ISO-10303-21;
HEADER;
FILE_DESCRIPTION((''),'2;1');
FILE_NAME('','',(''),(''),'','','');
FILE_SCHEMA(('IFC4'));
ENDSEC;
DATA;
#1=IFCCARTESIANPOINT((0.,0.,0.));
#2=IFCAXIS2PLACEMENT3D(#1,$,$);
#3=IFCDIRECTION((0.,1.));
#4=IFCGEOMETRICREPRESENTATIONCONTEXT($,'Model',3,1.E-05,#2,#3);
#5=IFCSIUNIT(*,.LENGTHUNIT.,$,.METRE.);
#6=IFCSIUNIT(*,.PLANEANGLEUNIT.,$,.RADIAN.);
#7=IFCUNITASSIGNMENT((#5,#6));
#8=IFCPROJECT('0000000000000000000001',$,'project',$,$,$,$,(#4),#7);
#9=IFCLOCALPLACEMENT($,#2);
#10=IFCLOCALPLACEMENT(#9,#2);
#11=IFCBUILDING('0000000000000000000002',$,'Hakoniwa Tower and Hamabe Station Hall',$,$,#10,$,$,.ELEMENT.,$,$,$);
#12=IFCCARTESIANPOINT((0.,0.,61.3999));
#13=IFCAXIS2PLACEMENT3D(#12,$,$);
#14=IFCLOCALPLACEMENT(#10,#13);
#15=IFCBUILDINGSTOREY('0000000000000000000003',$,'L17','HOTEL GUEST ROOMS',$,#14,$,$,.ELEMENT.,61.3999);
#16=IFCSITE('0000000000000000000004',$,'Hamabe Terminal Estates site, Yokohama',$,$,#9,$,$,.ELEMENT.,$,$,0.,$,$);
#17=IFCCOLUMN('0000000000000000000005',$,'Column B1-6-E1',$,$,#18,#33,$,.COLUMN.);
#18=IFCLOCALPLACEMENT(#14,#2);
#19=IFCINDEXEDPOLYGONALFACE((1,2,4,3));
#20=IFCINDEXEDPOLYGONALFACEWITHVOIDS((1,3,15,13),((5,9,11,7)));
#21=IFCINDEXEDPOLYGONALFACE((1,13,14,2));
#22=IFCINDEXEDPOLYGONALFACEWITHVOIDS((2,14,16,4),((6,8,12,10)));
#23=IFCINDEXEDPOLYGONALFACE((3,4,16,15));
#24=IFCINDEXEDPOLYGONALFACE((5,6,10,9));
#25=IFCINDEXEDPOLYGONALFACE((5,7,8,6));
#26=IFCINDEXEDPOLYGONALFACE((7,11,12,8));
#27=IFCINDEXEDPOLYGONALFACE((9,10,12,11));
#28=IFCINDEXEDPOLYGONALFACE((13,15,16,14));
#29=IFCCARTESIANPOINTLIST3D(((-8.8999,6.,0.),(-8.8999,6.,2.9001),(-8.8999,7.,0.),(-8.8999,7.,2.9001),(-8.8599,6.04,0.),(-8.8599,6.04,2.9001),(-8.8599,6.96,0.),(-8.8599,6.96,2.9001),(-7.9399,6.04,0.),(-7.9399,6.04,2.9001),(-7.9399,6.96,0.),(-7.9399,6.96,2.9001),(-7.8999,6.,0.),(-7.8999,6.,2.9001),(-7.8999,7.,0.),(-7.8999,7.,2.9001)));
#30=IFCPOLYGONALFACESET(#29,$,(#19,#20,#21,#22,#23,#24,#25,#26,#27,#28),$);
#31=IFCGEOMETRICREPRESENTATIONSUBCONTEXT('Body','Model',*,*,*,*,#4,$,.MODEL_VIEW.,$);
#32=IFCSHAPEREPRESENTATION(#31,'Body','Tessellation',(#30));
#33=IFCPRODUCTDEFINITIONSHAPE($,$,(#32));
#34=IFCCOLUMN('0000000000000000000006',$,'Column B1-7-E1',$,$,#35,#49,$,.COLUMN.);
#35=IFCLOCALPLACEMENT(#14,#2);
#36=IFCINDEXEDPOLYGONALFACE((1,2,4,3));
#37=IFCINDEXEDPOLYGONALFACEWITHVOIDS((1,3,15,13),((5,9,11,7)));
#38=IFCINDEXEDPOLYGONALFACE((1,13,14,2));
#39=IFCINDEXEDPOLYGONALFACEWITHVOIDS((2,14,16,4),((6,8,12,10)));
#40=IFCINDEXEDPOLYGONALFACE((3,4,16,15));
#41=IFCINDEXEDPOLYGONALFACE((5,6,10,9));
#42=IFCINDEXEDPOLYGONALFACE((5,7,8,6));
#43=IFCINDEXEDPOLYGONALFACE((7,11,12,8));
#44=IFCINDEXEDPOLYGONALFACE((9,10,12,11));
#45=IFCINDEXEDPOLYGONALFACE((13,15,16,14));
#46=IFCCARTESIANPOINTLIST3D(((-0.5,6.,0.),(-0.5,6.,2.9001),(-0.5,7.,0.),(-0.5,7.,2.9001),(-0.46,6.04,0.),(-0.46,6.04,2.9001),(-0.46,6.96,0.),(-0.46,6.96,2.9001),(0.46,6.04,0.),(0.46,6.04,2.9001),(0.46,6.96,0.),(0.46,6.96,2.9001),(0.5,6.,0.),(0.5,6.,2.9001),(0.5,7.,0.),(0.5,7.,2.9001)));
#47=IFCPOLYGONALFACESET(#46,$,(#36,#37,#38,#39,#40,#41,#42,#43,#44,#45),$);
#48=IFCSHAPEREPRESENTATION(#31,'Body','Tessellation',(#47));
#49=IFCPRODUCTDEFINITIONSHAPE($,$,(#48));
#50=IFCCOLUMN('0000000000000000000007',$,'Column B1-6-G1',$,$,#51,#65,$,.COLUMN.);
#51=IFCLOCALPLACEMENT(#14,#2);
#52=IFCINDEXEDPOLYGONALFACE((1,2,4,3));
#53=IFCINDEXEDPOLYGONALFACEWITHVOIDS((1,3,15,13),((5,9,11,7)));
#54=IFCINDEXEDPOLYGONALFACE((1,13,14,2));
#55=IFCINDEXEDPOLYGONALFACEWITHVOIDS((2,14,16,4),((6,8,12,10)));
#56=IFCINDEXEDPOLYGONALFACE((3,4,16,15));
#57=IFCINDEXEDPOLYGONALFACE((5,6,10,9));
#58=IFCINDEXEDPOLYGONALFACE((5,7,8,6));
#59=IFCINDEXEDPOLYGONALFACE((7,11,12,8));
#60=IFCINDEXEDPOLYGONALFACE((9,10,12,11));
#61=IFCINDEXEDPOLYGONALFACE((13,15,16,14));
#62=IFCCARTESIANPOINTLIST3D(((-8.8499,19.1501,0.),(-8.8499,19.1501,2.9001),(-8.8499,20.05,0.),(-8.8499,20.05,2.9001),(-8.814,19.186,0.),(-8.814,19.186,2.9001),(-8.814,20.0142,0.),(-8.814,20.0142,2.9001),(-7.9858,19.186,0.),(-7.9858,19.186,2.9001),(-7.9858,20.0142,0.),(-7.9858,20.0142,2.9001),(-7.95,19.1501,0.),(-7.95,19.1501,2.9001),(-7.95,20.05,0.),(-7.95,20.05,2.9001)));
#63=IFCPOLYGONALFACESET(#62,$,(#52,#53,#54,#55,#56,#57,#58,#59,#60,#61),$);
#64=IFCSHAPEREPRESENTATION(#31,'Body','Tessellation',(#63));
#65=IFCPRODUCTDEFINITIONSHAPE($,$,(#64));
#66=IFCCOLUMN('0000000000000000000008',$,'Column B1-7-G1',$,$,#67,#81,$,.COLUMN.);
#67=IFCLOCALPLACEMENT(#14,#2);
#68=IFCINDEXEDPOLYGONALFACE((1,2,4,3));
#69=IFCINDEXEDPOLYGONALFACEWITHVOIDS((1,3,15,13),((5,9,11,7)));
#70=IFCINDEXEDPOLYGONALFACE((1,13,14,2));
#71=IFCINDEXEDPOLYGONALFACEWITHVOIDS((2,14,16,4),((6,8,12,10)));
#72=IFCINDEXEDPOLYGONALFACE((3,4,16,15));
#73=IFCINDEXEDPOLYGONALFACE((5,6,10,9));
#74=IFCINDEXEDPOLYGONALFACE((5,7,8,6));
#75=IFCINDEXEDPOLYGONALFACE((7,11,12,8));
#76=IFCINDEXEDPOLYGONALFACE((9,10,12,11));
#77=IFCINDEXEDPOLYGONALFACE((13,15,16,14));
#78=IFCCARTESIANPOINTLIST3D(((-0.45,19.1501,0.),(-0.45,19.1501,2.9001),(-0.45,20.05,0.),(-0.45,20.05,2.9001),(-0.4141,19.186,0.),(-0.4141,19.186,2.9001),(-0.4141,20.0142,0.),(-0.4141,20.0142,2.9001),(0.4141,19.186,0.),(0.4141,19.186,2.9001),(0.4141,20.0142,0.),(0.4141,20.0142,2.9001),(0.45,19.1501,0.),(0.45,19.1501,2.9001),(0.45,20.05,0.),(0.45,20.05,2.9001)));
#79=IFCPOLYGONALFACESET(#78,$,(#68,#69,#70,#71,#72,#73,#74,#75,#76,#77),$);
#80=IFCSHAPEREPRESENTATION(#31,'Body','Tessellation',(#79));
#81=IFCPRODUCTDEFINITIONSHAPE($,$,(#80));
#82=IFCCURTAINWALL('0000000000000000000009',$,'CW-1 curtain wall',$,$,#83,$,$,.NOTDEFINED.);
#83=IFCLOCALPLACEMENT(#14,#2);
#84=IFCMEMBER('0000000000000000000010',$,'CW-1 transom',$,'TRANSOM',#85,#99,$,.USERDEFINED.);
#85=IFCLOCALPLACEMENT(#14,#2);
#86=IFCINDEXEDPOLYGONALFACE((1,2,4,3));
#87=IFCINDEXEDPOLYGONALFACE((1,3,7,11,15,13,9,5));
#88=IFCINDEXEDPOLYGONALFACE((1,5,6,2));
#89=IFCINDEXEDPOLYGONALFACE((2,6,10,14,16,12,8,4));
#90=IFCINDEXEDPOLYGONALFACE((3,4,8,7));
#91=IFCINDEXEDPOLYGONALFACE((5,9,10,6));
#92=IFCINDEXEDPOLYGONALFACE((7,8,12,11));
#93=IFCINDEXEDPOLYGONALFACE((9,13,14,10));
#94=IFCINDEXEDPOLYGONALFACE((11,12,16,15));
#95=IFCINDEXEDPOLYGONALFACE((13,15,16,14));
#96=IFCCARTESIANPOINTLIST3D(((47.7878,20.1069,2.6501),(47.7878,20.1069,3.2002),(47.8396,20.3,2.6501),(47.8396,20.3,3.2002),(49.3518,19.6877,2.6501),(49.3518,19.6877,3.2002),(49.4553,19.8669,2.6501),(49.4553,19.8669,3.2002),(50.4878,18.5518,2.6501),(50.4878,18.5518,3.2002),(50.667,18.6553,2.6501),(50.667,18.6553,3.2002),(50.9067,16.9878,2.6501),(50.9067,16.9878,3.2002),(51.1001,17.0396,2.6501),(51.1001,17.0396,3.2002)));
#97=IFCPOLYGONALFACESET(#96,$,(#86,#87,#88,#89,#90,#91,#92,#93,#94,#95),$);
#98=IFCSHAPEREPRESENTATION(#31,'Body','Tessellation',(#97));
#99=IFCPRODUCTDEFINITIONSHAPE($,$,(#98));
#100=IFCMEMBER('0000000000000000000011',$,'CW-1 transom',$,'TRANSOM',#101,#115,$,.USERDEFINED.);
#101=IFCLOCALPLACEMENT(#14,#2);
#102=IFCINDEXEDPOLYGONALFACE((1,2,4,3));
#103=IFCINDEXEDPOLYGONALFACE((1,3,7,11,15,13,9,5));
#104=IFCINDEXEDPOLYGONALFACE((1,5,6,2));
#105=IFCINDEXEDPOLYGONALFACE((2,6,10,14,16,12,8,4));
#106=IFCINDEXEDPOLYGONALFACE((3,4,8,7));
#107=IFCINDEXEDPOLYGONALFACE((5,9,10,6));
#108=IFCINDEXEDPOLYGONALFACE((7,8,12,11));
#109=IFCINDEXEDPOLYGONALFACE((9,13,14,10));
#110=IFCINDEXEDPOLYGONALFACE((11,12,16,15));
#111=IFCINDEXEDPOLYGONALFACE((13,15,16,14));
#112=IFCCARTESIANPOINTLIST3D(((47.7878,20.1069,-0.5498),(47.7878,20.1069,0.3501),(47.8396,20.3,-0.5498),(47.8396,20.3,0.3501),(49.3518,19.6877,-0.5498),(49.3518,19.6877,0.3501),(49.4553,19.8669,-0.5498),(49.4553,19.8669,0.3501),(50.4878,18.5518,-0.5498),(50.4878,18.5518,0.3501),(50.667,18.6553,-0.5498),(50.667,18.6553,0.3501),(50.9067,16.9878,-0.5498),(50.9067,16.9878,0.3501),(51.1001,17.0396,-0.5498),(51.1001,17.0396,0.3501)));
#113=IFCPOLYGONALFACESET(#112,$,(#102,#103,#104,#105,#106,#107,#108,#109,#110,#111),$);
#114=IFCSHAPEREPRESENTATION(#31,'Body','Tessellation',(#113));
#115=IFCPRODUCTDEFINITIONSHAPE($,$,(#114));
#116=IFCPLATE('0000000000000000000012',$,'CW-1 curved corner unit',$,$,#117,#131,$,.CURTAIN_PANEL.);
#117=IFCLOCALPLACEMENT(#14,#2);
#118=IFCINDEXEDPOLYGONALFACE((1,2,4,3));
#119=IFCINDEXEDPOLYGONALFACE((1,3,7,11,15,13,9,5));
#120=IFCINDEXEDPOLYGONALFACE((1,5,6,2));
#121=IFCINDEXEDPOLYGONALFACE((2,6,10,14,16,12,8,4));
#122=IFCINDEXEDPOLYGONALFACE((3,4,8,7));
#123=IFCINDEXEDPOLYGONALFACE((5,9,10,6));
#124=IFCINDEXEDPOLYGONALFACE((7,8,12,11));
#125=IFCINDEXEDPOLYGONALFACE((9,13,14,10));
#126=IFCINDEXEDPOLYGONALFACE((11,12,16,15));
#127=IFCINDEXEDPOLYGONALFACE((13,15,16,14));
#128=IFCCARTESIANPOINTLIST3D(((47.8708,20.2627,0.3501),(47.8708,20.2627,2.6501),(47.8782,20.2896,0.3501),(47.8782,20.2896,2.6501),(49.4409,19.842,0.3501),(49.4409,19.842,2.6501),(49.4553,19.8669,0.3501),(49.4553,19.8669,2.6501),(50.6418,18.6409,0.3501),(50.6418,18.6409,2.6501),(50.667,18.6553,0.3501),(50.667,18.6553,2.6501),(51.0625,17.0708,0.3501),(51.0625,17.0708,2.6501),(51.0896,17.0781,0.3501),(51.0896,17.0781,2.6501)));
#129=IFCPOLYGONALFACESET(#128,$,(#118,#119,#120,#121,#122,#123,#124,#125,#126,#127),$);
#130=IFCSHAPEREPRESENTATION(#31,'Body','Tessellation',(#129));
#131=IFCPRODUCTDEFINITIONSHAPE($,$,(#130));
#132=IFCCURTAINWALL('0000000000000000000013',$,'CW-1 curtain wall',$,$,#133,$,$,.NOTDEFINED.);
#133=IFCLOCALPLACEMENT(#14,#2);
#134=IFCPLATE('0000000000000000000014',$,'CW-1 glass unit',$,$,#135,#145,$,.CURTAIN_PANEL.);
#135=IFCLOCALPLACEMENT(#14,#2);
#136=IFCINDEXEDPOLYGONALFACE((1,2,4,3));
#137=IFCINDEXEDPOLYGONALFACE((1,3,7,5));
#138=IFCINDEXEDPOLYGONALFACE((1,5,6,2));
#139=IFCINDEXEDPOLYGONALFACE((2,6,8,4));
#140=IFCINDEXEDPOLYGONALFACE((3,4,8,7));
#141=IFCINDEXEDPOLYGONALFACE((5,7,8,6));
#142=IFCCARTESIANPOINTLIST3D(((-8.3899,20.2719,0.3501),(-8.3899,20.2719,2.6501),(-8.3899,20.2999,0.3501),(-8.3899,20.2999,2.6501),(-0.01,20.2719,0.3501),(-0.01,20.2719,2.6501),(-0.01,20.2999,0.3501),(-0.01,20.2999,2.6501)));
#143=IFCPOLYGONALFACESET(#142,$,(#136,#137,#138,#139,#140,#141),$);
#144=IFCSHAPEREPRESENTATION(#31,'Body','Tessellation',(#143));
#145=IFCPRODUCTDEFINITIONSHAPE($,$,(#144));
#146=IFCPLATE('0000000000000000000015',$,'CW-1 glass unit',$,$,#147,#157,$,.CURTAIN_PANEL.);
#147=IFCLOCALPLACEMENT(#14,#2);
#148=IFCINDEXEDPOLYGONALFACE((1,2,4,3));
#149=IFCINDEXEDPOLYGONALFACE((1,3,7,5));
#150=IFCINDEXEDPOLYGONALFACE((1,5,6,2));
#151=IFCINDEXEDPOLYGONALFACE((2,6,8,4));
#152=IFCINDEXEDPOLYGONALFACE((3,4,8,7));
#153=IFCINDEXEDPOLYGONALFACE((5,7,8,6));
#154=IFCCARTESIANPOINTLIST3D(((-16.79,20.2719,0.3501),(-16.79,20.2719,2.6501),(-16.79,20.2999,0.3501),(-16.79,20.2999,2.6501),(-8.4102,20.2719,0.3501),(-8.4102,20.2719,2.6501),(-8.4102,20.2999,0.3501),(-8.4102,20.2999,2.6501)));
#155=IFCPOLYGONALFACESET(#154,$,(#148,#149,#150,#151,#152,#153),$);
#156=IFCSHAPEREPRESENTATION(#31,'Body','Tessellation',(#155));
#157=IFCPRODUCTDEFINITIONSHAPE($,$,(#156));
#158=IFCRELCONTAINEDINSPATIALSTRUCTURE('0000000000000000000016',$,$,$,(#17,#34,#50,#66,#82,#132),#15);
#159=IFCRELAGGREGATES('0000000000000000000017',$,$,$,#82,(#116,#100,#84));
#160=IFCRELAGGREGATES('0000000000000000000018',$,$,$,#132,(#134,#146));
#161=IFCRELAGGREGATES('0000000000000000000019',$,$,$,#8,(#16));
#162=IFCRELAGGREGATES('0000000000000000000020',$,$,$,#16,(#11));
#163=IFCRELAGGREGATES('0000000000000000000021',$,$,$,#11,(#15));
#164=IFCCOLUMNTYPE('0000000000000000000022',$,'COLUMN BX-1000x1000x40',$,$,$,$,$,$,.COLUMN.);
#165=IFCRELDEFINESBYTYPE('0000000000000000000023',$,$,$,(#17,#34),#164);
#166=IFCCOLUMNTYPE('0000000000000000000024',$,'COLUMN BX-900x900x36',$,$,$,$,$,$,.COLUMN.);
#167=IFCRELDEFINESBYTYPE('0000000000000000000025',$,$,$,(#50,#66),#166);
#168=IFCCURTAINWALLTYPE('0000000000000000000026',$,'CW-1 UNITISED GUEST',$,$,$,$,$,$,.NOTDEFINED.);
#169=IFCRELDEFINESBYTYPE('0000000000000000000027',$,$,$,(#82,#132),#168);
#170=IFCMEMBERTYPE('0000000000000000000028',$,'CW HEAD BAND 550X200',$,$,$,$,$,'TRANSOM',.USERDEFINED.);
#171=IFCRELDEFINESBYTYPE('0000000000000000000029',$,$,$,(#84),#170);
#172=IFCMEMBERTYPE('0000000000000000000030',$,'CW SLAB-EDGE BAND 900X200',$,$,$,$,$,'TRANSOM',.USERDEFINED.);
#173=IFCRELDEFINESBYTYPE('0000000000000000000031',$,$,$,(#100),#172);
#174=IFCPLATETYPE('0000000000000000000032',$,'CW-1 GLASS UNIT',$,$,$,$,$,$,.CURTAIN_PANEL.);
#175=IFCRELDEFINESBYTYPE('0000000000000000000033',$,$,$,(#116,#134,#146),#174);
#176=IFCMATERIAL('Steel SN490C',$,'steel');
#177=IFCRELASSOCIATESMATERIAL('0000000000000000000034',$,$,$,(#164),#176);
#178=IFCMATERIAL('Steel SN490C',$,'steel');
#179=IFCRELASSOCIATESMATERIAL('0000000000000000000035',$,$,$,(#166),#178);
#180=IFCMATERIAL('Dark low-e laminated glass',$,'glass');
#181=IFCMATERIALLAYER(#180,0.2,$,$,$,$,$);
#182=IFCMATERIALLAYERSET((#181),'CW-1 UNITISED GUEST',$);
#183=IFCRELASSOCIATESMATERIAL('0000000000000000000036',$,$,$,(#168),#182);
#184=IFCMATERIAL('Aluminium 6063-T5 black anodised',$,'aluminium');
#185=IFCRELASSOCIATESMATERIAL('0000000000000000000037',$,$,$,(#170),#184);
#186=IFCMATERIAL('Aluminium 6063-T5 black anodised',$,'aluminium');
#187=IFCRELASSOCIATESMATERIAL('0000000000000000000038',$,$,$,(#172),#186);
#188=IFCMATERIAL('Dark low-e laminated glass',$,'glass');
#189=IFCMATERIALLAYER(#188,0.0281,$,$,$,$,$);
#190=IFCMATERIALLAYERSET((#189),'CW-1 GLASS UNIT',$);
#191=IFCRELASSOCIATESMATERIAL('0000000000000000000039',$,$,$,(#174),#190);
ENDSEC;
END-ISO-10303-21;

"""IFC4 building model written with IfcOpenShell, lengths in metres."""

from ifc_helpers import new_model, si_unit, direction, frame, origin, origin_2d, place, context, subcontext, project, spatial, polyline, rectangle, hollow_rectangle, outline, extrude, material, layer, layer_set, material_profile, profile_set, type_object, element, aggregate, save


model = new_model("IFC4")

# Units and contexts
model_context = context("Model", 3, precision=1e-05, world=origin(), true_north=direction((0.0, 1.0)))
body_context = subcontext(model_context, "Body", "Model", "MODEL_VIEW")
ifc_project = project(units=[si_unit("LENGTHUNIT", "METRE"), si_unit("PLANEANGLEUNIT", "RADIAN")], contexts=[model_context])

# Site, building, storey
site_placement = place(None, origin())
site = spatial("IfcSite", under=ifc_project, at=site_placement, Name="Hamabe Terminal Estates site, Yokohama", CompositionType="ELEMENT", RefElevation=0.0)
building_placement = place(site_placement, origin())
building = spatial("IfcBuilding", under=site, at=building_placement, Name="Hakoniwa Tower and Hamabe Station Hall", CompositionType="ELEMENT")
storey_placement = place(building_placement, frame((0.0, 0.0, 61.3999)))
storey = spatial("IfcBuildingStorey", under=building, at=storey_placement, Name="L17", Description="HOTEL GUEST ROOMS", CompositionType="ELEMENT", Elevation=61.3999)

# Columns
ifc_material_1 = material(Name="Steel SN490C", Category="steel")
ifc_material_profile_1 = material_profile(ifc_material_1, hollow_rectangle(XDim=1.0, YDim=1.0, WallThickness=0.04, at=origin_2d()), Name="BX-1000x1000x40")
ifc_profile_set_1 = profile_set([ifc_material_profile_1], Name="Steel SN490C")
column_type_1 = type_object("IfcColumnType", Name="COLUMN BX-1000x1000x40", PredefinedType="COLUMN", material=ifc_profile_set_1)
for number, where, z_axis, x_axis, name in (
    (1, (-8.3999, 6.5, 0.0), (0.0, 0.0, 1.0), (1.0, 0.0, 0.0), "Column B1-6-E1"),
    (2, (0.0, 6.5, 0.0), (0.0, 0.0, 1.0), (1.0, 0.0, 0.0), "Column B1-7-E1"),
):
    element("IfcColumn", number, at=place(storey_placement, frame(where, z_axis=z_axis, x_axis=x_axis)), inside=storey, type_object=column_type_1, Name=name, PredefinedType="COLUMN", context=body_context, shape_type="SweptSolid", body=[
        extrude(hollow_rectangle(XDim=1.0, YDim=1.0, WallThickness=0.04, at=origin_2d()), origin(), (0.0, 0.0, 1.0), 2.9001),
    ])
ifc_material_2 = material(Name="Steel SN490C", Category="steel")
ifc_material_profile_2 = material_profile(ifc_material_2, hollow_rectangle(XDim=0.8999, YDim=0.8999, WallThickness=0.0359, at=origin_2d()), Name="BX-900x900x36")
ifc_profile_set_2 = profile_set([ifc_material_profile_2], Name="Steel SN490C")
column_type_2 = type_object("IfcColumnType", Name="COLUMN BX-900x900x36", PredefinedType="COLUMN", material=ifc_profile_set_2)
for number, where, z_axis, x_axis, name in (
    (3, (-8.3999, 19.6001, 0.0), (0.0, 0.0, 1.0), (1.0, 0.0, 0.0), "Column B1-6-G1"),
    (4, (0.0, 19.6001, 0.0), (0.0, 0.0, 1.0), (1.0, 0.0, 0.0), "Column B1-7-G1"),
):
    element("IfcColumn", number, at=place(storey_placement, frame(where, z_axis=z_axis, x_axis=x_axis)), inside=storey, type_object=column_type_2, Name=name, PredefinedType="COLUMN", context=body_context, shape_type="SweptSolid", body=[
        extrude(hollow_rectangle(XDim=0.8999, YDim=0.8999, WallThickness=0.0359, at=origin_2d()), origin(), (0.0, 0.0, 1.0), 2.9001),
    ])

# Curtain wall, members, plate
ifc_material_3 = material(Name="Dark low-e laminated glass", Category="glass")
ifc_layer_1 = layer(ifc_material_3, 0.2)
ifc_layer_set_1 = layer_set([ifc_layer_1], Name="CW-1 UNITISED GUEST")
curtain_wall_type = type_object("IfcCurtainWallType", Name="CW-1 UNITISED GUEST", PredefinedType="NOTDEFINED", material=ifc_layer_set_1)
curtain_wall_1_placement = place(storey_placement, origin())
curtain_wall_1 = element("IfcCurtainWall", 5, at=curtain_wall_1_placement, inside=storey, type_object=curtain_wall_type, Name="CW-1 curtain wall", PredefinedType="NOTDEFINED")
ifc_material_4 = material(Name="Aluminium 6063-T5 black anodised", Category="aluminium")
ifc_material_profile_3 = material_profile(ifc_material_4, rectangle(XDim=0.2, YDim=0.55, at=origin_2d()), Name="CW HEAD BAND 550X200")
ifc_profile_set_3 = profile_set([ifc_material_profile_3], Name="Aluminium 6063-T5 black anodised")
member_type_1 = type_object("IfcMemberType", Name="CW HEAD BAND 550X200", ElementType="TRANSOM", PredefinedType="USERDEFINED", material=ifc_profile_set_3)
member_1_placement = place(storey_placement, frame((0.0, 0.0, 2.6501)))
member_1 = element("IfcMember", 6, at=member_1_placement, type_object=member_type_1, Name="CW-1 transom", ObjectType="TRANSOM", PredefinedType="USERDEFINED", context=body_context, shape_type="SweptSolid", body=[
    extrude(outline(polyline([(51.1001, 17.0396), (50.667, 18.6553), (49.4553, 19.8669), (47.8396, 20.3), (47.7878, 20.1069), (49.3518, 19.6877), (50.4878, 18.5518), (50.9067, 16.9878), (51.1001, 17.0396)])), origin(), (0.0, 0.0, 1.0), 0.55),
])
ifc_material_5 = material(Name="Aluminium 6063-T5 black anodised", Category="aluminium")
ifc_material_profile_4 = material_profile(ifc_material_5, rectangle(XDim=0.2, YDim=0.8999, at=origin_2d()), Name="CW SLAB-EDGE BAND 900X200")
ifc_profile_set_4 = profile_set([ifc_material_profile_4], Name="Aluminium 6063-T5 black anodised")
member_type_2 = type_object("IfcMemberType", Name="CW SLAB-EDGE BAND 900X200", ElementType="TRANSOM", PredefinedType="USERDEFINED", material=ifc_profile_set_4)
member_2_placement = place(storey_placement, frame((0.0, 0.0, -0.5498)))
member_2 = element("IfcMember", 7, at=member_2_placement, type_object=member_type_2, Name="CW-1 transom", ObjectType="TRANSOM", PredefinedType="USERDEFINED", context=body_context, shape_type="SweptSolid", body=[
    extrude(outline(polyline([(51.1001, 17.0396), (50.667, 18.6553), (49.4553, 19.8669), (47.8396, 20.3), (47.7878, 20.1069), (49.3518, 19.6877), (50.4878, 18.5518), (50.9067, 16.9878), (51.1001, 17.0396)])), origin(), (0.0, 0.0, 1.0), 0.8999),
])
ifc_material_6 = material(Name="Dark low-e laminated glass", Category="glass")
ifc_layer_2 = layer(ifc_material_6, 0.0281)
ifc_layer_set_2 = layer_set([ifc_layer_2], Name="CW-1 GLASS UNIT")
plate_type = type_object("IfcPlateType", Name="CW-1 GLASS UNIT", PredefinedType="CURTAIN_PANEL", material=ifc_layer_set_2)
plate_1_placement = place(storey_placement, frame((0.0, 0.0, 0.3501)))
plate_1 = element("IfcPlate", 8, at=plate_1_placement, type_object=plate_type, Name="CW-1 curved corner unit", PredefinedType="CURTAIN_PANEL", context=body_context, shape_type="SweptSolid", body=[
    extrude(outline(polyline([(51.0896, 17.0781), (50.667, 18.6553), (49.4553, 19.8669), (47.8782, 20.2896), (47.8708, 20.2627), (49.4409, 19.842), (50.6418, 18.6409), (51.0625, 17.0708), (51.0896, 17.0781)])), origin(), (0.0, 0.0, 1.0), 2.3),
])
aggregate(curtain_wall_1, [plate_1, member_2, member_1])

# Curtain wall, plates
curtain_wall_2_placement = place(storey_placement, origin())
curtain_wall_2 = element("IfcCurtainWall", 9, at=curtain_wall_2_placement, inside=storey, type_object=curtain_wall_type, Name="CW-1 curtain wall", PredefinedType="NOTDEFINED")
plate_2_placement = place(storey_placement, frame((-4.2, 20.2859, 0.3501), z_axis=(0.0, 0.0, 1.0), x_axis=(-1.0, 0.0, 0.0)))
plate_2 = element("IfcPlate", 10, at=plate_2_placement, type_object=plate_type, Name="CW-1 glass unit", PredefinedType="CURTAIN_PANEL", context=body_context, shape_type="SweptSolid", body=[
    extrude(rectangle(XDim=8.3799, YDim=0.0281, at=origin_2d()), origin(), (0.0, 0.0, 1.0), 2.3),
])
plate_3_placement = place(storey_placement, frame((-12.6001, 20.2859, 0.3501), z_axis=(0.0, 0.0, 1.0), x_axis=(-1.0, 0.0, 0.0)))
plate_3 = element("IfcPlate", 11, at=plate_3_placement, type_object=plate_type, Name="CW-1 glass unit", PredefinedType="CURTAIN_PANEL", context=body_context, shape_type="SweptSolid", body=[
    extrude(rectangle(XDim=8.3799, YDim=0.0281, at=origin_2d()), origin(), (0.0, 0.0, 1.0), 2.3),
])
aggregate(curtain_wall_2, [plate_2, plate_3])

save(model, "model.ifc")
